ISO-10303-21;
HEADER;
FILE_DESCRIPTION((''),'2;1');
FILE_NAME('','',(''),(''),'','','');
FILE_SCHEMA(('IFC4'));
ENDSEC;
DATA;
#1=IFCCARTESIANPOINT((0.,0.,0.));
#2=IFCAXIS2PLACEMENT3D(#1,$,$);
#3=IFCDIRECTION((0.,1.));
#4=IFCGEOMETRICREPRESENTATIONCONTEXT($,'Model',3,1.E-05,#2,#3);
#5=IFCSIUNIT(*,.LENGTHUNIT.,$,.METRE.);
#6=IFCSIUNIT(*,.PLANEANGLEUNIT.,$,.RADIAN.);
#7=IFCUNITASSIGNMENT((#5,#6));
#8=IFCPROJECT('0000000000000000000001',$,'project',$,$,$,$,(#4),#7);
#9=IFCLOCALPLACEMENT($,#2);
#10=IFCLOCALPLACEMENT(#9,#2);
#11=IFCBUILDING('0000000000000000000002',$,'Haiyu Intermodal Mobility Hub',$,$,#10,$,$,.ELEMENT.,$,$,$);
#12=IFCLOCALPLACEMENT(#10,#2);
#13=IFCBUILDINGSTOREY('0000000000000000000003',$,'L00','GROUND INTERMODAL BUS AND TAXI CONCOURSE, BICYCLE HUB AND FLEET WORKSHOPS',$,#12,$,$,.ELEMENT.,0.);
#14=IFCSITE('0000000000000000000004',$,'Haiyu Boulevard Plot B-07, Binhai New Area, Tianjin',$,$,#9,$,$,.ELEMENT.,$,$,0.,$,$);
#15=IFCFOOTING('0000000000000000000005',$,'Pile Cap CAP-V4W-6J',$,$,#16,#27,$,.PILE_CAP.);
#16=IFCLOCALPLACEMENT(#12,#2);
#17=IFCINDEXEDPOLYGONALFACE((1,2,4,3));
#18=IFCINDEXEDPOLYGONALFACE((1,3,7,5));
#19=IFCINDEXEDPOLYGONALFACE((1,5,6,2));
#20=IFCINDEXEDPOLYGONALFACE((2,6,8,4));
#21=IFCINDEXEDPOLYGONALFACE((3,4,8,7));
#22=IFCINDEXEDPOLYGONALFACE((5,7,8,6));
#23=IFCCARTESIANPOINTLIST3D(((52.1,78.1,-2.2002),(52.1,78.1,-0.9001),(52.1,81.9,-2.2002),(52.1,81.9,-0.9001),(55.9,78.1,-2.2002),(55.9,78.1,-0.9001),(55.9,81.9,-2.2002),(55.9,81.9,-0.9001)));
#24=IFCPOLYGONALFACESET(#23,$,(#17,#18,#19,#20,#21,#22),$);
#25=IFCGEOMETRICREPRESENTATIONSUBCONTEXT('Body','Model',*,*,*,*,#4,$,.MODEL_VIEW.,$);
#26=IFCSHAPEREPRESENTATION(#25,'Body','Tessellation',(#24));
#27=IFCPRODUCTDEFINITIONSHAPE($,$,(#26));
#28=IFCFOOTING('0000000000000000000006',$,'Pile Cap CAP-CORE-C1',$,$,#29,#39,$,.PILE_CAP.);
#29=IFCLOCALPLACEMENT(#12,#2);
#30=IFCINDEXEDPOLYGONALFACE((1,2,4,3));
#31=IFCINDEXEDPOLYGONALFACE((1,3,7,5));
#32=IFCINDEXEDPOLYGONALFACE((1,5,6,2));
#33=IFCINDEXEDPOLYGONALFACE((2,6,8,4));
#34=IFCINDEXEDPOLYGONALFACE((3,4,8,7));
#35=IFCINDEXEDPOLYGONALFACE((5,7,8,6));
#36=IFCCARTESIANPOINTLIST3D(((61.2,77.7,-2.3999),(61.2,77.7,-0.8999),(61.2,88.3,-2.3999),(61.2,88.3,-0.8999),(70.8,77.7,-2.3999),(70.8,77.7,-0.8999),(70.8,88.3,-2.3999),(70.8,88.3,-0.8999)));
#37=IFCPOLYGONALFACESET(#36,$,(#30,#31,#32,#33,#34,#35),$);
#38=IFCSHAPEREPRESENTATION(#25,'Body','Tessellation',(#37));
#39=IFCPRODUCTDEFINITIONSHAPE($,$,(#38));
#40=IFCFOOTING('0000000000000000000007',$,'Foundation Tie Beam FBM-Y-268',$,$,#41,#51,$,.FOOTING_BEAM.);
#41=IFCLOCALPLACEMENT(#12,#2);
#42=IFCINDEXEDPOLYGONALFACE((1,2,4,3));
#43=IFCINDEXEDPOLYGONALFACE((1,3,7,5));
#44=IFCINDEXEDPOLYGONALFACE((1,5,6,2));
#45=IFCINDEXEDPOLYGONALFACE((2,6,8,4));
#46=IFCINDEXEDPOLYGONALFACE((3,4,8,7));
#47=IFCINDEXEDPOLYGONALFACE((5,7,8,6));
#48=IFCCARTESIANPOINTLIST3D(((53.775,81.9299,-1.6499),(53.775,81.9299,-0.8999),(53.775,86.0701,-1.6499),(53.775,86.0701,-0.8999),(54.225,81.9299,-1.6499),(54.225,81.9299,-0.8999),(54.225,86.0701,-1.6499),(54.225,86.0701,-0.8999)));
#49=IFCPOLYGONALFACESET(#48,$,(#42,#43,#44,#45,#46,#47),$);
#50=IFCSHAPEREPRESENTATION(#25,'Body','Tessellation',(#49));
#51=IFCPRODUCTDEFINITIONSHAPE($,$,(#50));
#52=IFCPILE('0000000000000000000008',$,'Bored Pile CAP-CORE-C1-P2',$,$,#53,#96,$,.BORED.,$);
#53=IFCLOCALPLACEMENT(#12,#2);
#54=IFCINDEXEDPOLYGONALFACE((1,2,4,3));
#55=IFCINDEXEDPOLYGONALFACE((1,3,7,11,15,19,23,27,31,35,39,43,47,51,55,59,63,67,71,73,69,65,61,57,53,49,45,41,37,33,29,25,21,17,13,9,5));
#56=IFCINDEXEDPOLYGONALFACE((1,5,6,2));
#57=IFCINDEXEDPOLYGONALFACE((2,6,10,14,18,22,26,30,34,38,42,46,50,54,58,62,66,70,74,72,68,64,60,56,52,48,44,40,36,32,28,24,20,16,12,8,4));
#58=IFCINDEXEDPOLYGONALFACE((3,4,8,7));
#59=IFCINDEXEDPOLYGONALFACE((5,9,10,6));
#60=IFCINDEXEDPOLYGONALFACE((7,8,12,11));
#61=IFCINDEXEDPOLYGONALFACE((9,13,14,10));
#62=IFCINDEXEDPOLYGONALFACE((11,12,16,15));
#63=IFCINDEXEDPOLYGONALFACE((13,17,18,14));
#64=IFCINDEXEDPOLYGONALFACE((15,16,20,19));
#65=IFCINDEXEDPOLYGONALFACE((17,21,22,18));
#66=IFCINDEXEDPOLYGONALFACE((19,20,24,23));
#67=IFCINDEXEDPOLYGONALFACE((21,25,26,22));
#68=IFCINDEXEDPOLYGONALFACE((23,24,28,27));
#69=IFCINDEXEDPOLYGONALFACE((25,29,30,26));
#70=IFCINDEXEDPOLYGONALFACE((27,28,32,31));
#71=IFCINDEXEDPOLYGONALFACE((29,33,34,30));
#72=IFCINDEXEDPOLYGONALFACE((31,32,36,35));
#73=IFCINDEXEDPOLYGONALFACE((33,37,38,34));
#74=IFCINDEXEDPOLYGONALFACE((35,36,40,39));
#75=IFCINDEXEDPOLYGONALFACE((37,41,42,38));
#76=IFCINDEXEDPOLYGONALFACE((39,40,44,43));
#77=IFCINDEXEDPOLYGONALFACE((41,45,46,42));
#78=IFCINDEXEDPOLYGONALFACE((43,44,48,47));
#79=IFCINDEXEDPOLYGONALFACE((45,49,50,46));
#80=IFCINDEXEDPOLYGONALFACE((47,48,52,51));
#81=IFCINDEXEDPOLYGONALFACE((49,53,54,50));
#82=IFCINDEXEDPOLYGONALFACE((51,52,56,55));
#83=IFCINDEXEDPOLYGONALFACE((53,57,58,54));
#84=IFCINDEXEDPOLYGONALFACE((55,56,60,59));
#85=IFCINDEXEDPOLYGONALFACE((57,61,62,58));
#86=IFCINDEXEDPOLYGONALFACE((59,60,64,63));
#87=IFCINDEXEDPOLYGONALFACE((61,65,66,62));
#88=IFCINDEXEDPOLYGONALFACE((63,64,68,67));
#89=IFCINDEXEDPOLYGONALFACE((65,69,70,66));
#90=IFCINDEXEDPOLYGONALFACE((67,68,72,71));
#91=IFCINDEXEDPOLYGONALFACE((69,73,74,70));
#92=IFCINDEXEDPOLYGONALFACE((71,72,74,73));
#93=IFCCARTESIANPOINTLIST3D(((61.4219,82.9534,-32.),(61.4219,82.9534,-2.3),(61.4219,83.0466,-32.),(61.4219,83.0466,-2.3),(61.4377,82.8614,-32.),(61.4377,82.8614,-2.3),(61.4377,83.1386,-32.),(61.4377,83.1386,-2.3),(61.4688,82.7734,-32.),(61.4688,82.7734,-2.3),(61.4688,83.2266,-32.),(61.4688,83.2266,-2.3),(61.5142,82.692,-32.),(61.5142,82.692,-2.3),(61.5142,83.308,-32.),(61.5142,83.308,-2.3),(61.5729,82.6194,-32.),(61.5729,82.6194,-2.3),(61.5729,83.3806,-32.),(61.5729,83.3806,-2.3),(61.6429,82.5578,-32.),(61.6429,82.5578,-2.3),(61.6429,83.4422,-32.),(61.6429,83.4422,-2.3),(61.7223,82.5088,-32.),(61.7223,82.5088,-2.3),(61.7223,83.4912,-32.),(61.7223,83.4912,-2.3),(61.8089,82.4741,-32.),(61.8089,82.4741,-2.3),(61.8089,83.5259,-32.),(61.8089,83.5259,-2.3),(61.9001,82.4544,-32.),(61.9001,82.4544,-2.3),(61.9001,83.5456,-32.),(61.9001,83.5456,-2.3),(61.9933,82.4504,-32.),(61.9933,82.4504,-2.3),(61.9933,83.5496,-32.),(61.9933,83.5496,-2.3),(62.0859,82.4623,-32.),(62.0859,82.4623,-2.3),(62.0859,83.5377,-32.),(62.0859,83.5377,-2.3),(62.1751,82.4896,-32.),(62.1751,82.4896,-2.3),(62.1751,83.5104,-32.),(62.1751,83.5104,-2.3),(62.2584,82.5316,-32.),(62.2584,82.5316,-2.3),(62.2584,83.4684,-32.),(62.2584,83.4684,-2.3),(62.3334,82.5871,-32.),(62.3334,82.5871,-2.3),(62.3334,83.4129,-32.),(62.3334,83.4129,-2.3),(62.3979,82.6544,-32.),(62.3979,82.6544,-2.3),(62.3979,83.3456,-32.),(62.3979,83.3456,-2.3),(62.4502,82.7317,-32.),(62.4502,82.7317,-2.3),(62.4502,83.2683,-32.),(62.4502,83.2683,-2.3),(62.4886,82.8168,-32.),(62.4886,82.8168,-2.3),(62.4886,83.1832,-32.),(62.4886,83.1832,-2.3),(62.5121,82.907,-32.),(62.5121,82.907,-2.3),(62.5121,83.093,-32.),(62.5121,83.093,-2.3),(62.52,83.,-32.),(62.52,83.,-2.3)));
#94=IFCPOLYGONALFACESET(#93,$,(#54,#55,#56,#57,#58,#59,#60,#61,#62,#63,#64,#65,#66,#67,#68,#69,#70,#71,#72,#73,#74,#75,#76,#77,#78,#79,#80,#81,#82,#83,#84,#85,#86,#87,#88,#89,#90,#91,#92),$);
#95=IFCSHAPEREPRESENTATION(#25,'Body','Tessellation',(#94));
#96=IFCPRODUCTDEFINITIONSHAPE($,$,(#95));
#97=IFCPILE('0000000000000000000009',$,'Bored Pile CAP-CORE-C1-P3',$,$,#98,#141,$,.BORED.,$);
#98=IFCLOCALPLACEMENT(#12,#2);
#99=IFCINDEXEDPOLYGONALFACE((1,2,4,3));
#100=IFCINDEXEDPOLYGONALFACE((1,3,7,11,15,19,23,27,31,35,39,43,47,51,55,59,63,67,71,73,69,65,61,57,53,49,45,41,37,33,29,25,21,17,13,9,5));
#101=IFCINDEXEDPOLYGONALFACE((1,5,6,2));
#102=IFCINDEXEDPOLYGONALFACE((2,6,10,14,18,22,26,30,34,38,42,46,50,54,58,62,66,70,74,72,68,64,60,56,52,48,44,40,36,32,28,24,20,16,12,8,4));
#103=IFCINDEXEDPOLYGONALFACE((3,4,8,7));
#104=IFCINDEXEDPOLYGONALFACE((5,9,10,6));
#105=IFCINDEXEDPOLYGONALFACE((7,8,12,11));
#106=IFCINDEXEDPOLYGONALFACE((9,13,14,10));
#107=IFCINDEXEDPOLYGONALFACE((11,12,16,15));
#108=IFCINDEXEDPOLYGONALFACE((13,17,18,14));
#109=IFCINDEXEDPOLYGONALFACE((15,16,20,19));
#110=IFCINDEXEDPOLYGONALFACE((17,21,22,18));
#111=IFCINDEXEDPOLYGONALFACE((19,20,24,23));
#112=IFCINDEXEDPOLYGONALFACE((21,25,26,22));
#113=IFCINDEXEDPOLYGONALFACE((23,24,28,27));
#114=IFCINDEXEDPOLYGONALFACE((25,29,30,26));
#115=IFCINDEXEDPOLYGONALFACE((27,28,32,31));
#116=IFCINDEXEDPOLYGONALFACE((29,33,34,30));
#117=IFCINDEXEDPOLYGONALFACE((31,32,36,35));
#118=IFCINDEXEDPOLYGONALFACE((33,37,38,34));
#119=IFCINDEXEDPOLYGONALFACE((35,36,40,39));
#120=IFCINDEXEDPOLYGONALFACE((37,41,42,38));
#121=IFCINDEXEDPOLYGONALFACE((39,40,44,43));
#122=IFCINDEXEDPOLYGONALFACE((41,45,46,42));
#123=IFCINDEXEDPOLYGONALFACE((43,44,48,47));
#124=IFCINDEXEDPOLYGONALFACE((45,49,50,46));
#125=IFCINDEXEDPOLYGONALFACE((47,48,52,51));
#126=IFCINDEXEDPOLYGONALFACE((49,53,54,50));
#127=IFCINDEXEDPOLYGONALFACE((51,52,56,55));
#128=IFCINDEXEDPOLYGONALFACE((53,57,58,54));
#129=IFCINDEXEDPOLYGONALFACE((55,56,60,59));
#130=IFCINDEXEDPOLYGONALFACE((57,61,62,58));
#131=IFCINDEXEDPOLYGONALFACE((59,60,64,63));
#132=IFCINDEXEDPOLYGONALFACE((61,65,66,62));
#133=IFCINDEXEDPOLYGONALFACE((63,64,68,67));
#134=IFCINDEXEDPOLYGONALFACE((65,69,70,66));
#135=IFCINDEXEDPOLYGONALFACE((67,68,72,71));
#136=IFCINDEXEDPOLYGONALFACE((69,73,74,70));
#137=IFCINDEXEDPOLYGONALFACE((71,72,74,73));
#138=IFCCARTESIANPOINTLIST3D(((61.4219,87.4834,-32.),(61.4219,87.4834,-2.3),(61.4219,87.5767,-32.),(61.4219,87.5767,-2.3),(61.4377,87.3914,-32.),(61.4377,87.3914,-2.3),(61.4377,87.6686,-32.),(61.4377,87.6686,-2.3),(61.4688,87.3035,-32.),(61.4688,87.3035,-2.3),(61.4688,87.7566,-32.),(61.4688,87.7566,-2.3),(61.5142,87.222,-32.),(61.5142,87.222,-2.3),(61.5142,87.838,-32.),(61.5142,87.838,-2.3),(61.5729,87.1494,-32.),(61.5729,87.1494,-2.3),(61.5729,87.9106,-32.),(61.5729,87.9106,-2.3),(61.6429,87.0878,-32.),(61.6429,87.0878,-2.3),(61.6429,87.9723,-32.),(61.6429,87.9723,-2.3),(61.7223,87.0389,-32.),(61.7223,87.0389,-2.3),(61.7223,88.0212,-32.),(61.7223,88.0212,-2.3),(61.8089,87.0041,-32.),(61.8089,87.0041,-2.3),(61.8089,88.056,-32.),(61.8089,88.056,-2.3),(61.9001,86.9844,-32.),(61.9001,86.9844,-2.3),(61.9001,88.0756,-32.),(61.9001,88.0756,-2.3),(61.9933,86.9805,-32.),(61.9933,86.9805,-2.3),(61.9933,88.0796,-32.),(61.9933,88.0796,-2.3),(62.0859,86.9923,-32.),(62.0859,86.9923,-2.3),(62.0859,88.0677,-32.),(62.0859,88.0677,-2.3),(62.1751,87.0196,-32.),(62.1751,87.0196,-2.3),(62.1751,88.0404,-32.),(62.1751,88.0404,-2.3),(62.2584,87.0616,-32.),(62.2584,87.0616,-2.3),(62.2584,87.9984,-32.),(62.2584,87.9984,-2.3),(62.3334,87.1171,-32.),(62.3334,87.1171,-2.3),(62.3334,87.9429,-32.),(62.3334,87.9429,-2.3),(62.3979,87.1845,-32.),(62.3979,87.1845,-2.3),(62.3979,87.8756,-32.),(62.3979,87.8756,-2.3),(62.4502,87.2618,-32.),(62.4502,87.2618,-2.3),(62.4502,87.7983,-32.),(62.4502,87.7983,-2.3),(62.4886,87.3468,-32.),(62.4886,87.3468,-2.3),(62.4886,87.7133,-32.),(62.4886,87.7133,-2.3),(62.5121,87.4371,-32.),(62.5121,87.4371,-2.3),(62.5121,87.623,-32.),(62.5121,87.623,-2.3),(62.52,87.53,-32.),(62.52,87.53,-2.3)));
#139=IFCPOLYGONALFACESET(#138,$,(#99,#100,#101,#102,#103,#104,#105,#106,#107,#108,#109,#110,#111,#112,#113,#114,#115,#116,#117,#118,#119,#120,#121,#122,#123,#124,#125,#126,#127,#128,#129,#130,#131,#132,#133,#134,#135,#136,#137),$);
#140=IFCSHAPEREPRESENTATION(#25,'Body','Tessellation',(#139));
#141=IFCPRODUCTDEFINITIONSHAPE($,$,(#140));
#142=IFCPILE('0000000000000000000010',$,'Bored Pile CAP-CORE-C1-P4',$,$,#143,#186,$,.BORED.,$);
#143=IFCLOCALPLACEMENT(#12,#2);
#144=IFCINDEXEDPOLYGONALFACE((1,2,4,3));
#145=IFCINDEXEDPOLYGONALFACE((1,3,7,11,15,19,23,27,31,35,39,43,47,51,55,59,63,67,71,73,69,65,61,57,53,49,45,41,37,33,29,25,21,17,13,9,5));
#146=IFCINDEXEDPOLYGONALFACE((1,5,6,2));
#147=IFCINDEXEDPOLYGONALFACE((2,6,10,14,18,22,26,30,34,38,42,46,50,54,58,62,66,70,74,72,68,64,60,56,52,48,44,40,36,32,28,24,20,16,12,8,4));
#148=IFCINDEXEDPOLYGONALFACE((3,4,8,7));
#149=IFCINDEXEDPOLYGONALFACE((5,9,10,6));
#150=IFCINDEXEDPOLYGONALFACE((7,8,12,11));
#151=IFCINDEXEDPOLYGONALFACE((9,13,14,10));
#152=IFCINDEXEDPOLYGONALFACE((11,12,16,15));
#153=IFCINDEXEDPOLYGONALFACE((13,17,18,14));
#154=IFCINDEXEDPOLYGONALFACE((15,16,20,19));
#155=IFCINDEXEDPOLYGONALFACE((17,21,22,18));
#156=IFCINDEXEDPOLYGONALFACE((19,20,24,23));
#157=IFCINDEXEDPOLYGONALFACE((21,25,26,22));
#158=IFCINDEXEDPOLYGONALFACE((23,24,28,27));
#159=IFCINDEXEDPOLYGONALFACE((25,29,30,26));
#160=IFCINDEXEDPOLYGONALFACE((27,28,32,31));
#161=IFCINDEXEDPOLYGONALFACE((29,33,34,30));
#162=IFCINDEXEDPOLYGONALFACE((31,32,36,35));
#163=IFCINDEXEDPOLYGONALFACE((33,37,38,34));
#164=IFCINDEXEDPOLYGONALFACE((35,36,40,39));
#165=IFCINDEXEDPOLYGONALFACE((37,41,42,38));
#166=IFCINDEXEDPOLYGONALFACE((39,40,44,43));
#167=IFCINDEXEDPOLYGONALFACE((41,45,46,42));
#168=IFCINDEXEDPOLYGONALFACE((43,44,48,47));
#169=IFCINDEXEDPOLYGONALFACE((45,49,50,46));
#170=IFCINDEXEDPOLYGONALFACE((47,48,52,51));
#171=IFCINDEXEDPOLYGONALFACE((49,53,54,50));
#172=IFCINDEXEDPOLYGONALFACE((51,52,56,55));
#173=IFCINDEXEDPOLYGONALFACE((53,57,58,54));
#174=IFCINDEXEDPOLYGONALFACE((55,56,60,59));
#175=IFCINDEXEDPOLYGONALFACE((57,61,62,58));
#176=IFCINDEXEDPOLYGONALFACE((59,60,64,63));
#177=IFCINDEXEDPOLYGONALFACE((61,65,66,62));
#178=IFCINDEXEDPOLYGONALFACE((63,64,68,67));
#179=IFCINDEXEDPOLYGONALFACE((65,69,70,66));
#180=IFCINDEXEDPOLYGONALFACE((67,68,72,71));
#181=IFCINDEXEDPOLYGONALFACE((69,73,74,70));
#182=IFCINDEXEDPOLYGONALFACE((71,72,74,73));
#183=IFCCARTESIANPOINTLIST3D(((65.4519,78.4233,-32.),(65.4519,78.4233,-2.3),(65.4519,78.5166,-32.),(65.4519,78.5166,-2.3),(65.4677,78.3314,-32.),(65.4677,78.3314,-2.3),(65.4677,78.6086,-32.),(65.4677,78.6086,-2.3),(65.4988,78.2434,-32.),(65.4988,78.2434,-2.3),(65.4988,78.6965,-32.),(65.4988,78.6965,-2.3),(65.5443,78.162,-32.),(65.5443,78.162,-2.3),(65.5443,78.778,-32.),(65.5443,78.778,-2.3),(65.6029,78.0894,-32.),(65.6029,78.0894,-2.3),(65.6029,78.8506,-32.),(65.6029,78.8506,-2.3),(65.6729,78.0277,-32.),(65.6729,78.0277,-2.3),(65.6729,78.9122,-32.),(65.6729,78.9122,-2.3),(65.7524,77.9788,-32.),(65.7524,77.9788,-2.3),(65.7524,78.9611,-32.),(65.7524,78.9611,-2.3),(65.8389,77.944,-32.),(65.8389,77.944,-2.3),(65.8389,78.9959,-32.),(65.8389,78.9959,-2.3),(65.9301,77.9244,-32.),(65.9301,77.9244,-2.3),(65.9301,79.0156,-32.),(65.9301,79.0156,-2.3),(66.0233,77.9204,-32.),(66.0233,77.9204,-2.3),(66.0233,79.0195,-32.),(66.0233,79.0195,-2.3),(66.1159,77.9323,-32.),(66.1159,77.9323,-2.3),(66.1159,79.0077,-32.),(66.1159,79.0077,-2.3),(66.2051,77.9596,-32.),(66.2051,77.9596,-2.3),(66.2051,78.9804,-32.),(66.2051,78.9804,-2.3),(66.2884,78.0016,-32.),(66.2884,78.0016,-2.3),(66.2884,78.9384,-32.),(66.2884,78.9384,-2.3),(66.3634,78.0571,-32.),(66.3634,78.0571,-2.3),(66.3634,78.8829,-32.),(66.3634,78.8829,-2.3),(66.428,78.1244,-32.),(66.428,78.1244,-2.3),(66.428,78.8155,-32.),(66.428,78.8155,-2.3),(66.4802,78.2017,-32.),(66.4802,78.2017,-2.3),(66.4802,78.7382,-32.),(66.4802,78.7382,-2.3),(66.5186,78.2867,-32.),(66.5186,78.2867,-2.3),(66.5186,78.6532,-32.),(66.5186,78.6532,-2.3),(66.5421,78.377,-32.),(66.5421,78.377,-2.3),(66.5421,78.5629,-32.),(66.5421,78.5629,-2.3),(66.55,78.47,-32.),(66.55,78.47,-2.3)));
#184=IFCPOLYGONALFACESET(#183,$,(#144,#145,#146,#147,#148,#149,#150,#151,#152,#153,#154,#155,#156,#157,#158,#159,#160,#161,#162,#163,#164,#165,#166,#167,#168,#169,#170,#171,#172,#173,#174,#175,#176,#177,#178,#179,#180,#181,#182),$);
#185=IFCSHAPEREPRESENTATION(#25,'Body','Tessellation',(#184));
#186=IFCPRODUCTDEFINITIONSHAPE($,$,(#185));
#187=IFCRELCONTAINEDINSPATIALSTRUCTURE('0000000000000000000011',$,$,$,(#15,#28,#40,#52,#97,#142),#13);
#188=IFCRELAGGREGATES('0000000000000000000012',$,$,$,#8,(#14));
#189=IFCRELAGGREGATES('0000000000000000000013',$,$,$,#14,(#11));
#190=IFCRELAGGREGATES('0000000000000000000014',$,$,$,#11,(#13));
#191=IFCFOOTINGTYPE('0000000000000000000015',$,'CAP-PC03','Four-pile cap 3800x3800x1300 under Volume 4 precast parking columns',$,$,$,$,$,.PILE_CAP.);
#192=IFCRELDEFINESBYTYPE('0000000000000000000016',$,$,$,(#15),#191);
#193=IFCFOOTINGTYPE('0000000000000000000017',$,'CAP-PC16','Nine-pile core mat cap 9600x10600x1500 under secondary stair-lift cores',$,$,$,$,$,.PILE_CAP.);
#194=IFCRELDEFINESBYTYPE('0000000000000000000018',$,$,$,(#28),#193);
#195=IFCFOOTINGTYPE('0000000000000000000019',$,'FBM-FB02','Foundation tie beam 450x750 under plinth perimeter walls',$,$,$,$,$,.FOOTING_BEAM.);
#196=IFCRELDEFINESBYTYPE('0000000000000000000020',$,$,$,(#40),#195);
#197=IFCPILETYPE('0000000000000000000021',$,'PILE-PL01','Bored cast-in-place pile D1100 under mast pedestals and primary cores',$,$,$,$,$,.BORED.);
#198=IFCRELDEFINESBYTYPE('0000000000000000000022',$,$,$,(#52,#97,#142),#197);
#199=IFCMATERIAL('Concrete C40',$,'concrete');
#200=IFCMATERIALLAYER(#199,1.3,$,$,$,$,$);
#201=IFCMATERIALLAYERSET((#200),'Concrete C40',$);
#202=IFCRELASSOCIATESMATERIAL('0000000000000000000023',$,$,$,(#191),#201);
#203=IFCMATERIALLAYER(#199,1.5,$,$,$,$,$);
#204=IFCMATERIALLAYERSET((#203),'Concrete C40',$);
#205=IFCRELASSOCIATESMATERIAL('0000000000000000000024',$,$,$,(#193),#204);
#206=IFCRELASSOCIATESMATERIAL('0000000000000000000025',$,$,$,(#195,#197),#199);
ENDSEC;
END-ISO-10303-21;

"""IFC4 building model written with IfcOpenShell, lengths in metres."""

from ifc_helpers import new_model, si_unit, direction, frame, origin, origin_2d, place, context, subcontext, project, spatial, rectangle, circle, extrude, material, layer, layer_set, material_profile, profile_set, type_object, element, save


model = new_model("IFC4")

# Units and contexts
model_context = context("Model", 3, precision=1e-05, world=origin(), true_north=direction((0.0, 1.0)))
body_context = subcontext(model_context, "Body", "Model", "MODEL_VIEW")
ifc_project = project(units=[si_unit("LENGTHUNIT", "METRE"), si_unit("PLANEANGLEUNIT", "RADIAN")], contexts=[model_context])

# Site, building, storey
site_placement = place(None, origin())
site = spatial("IfcSite", under=ifc_project, at=site_placement, Name="Haiyu Boulevard Plot B-07, Binhai New Area, Tianjin", CompositionType="ELEMENT", RefElevation=0.0)
building_placement = place(site_placement, origin())
building = spatial("IfcBuilding", under=site, at=building_placement, Name="Haiyu Intermodal Mobility Hub", CompositionType="ELEMENT")
storey_placement = place(building_placement, origin())
storey = spatial("IfcBuildingStorey", under=building, at=storey_placement, Name="L00", Description="GROUND INTERMODAL BUS AND TAXI CONCOURSE, BICYCLE HUB AND FLEET WORKSHOPS", CompositionType="ELEMENT", Elevation=0.0)

# Footings
ifc_material_1 = material(Name="Concrete C40", Category="concrete")
ifc_layer_1 = layer(ifc_material_1, 1.3)
ifc_layer_set_1 = layer_set([ifc_layer_1], Name="Concrete C40")
footing_type_1 = type_object("IfcFootingType", Name="CAP-PC03", Description="Four-pile cap 3800x3800x1300 under Volume 4 precast parking columns", PredefinedType="PILE_CAP", material=ifc_layer_set_1)
footing_1_placement = place(storey_placement, frame((54.0, 80.0, -2.2002), z_axis=(0.0, 0.0, 1.0), x_axis=(1.0, 0.0, 0.0)))
element("IfcFooting", 1, at=footing_1_placement, inside=storey, type_object=footing_type_1, Name="Pile Cap CAP-V4W-6J", PredefinedType="PILE_CAP", context=body_context, shape_type="SweptSolid", body=[
    extrude(rectangle(XDim=3.8, YDim=3.8, at=origin_2d()), origin(), (0.0, 0.0, 1.0), 1.3),
])
ifc_layer_2 = layer(ifc_material_1, 1.5)
ifc_layer_set_2 = layer_set([ifc_layer_2], Name="Concrete C40")
footing_type_2 = type_object("IfcFootingType", Name="CAP-PC16", Description="Nine-pile core mat cap 9600x10600x1500 under secondary stair-lift cores", PredefinedType="PILE_CAP", material=ifc_layer_set_2)
footing_2_placement = place(storey_placement, frame((66.0, 83.0, -2.3999), z_axis=(0.0, 0.0, 1.0), x_axis=(1.0, 0.0, 0.0)))
element("IfcFooting", 2, at=footing_2_placement, inside=storey, type_object=footing_type_2, Name="Pile Cap CAP-CORE-C1", PredefinedType="PILE_CAP", context=body_context, shape_type="SweptSolid", body=[
    extrude(rectangle(XDim=9.6001, YDim=10.6001, at=origin_2d()), origin(), (0.0, 0.0, 1.0), 1.5),
])
ifc_material_profile_1 = material_profile(ifc_material_1, rectangle(XDim=0.45, YDim=0.75, at=origin_2d()), Name="FB450x750")
ifc_profile_set_1 = profile_set([ifc_material_profile_1], Name="Concrete C40")
footing_type_3 = type_object("IfcFootingType", Name="FBM-FB02", Description="Foundation tie beam 450x750 under plinth perimeter walls", PredefinedType="FOOTING_BEAM", material=ifc_profile_set_1)
footing_3_placement = place(storey_placement, frame((54.0, 81.9299, -1.2749), z_axis=(0.0, 1.0, 0.0), x_axis=(-1.0, 0.0, 0.0)))
element("IfcFooting", 3, at=footing_3_placement, inside=storey, type_object=footing_type_3, Name="Foundation Tie Beam FBM-Y-268", PredefinedType="FOOTING_BEAM", context=body_context, shape_type="SweptSolid", body=[
    extrude(rectangle(XDim=0.45, YDim=0.75, at=origin_2d()), origin(), (0.0, 0.0, 1.0), 4.1401),
])

# Piles
ifc_material_profile_2 = material_profile(ifc_material_1, circle(Radius=0.55, at=origin_2d()), Name="PILE-D1100")
ifc_profile_set_2 = profile_set([ifc_material_profile_2], Name="Concrete C40")
pile_type_1 = type_object("IfcPileType", Name="PILE-PL01", Description="Bored cast-in-place pile D1100 under mast pedestals and primary cores", PredefinedType="BORED", material=ifc_profile_set_2)
for number, where, z_axis, x_axis, name in (
    (4, (61.97, 83.0, -2.3), (0.0, 0.0, -1.0), (1.0, 0.0, 0.0), "Bored Pile CAP-CORE-C1-P2"),
    (5, (61.97, 87.53, -2.3), (0.0, 0.0, -1.0), (1.0, 0.0, 0.0), "Bored Pile CAP-CORE-C1-P3"),
    (6, (66.0, 78.47, -2.3), (0.0, 0.0, -1.0), (1.0, 0.0, 0.0), "Bored Pile CAP-CORE-C1-P4"),
):
    element("IfcPile", number, at=place(storey_placement, frame(where, z_axis=z_axis, x_axis=x_axis)), inside=storey, type_object=pile_type_1, Name=name, PredefinedType="BORED", context=body_context, shape_type="SweptSolid", body=[
        extrude(circle(Radius=0.55, at=origin_2d()), origin(), (0.0, 0.0, 1.0), 29.7),
    ])

save(model, "model.ifc")
